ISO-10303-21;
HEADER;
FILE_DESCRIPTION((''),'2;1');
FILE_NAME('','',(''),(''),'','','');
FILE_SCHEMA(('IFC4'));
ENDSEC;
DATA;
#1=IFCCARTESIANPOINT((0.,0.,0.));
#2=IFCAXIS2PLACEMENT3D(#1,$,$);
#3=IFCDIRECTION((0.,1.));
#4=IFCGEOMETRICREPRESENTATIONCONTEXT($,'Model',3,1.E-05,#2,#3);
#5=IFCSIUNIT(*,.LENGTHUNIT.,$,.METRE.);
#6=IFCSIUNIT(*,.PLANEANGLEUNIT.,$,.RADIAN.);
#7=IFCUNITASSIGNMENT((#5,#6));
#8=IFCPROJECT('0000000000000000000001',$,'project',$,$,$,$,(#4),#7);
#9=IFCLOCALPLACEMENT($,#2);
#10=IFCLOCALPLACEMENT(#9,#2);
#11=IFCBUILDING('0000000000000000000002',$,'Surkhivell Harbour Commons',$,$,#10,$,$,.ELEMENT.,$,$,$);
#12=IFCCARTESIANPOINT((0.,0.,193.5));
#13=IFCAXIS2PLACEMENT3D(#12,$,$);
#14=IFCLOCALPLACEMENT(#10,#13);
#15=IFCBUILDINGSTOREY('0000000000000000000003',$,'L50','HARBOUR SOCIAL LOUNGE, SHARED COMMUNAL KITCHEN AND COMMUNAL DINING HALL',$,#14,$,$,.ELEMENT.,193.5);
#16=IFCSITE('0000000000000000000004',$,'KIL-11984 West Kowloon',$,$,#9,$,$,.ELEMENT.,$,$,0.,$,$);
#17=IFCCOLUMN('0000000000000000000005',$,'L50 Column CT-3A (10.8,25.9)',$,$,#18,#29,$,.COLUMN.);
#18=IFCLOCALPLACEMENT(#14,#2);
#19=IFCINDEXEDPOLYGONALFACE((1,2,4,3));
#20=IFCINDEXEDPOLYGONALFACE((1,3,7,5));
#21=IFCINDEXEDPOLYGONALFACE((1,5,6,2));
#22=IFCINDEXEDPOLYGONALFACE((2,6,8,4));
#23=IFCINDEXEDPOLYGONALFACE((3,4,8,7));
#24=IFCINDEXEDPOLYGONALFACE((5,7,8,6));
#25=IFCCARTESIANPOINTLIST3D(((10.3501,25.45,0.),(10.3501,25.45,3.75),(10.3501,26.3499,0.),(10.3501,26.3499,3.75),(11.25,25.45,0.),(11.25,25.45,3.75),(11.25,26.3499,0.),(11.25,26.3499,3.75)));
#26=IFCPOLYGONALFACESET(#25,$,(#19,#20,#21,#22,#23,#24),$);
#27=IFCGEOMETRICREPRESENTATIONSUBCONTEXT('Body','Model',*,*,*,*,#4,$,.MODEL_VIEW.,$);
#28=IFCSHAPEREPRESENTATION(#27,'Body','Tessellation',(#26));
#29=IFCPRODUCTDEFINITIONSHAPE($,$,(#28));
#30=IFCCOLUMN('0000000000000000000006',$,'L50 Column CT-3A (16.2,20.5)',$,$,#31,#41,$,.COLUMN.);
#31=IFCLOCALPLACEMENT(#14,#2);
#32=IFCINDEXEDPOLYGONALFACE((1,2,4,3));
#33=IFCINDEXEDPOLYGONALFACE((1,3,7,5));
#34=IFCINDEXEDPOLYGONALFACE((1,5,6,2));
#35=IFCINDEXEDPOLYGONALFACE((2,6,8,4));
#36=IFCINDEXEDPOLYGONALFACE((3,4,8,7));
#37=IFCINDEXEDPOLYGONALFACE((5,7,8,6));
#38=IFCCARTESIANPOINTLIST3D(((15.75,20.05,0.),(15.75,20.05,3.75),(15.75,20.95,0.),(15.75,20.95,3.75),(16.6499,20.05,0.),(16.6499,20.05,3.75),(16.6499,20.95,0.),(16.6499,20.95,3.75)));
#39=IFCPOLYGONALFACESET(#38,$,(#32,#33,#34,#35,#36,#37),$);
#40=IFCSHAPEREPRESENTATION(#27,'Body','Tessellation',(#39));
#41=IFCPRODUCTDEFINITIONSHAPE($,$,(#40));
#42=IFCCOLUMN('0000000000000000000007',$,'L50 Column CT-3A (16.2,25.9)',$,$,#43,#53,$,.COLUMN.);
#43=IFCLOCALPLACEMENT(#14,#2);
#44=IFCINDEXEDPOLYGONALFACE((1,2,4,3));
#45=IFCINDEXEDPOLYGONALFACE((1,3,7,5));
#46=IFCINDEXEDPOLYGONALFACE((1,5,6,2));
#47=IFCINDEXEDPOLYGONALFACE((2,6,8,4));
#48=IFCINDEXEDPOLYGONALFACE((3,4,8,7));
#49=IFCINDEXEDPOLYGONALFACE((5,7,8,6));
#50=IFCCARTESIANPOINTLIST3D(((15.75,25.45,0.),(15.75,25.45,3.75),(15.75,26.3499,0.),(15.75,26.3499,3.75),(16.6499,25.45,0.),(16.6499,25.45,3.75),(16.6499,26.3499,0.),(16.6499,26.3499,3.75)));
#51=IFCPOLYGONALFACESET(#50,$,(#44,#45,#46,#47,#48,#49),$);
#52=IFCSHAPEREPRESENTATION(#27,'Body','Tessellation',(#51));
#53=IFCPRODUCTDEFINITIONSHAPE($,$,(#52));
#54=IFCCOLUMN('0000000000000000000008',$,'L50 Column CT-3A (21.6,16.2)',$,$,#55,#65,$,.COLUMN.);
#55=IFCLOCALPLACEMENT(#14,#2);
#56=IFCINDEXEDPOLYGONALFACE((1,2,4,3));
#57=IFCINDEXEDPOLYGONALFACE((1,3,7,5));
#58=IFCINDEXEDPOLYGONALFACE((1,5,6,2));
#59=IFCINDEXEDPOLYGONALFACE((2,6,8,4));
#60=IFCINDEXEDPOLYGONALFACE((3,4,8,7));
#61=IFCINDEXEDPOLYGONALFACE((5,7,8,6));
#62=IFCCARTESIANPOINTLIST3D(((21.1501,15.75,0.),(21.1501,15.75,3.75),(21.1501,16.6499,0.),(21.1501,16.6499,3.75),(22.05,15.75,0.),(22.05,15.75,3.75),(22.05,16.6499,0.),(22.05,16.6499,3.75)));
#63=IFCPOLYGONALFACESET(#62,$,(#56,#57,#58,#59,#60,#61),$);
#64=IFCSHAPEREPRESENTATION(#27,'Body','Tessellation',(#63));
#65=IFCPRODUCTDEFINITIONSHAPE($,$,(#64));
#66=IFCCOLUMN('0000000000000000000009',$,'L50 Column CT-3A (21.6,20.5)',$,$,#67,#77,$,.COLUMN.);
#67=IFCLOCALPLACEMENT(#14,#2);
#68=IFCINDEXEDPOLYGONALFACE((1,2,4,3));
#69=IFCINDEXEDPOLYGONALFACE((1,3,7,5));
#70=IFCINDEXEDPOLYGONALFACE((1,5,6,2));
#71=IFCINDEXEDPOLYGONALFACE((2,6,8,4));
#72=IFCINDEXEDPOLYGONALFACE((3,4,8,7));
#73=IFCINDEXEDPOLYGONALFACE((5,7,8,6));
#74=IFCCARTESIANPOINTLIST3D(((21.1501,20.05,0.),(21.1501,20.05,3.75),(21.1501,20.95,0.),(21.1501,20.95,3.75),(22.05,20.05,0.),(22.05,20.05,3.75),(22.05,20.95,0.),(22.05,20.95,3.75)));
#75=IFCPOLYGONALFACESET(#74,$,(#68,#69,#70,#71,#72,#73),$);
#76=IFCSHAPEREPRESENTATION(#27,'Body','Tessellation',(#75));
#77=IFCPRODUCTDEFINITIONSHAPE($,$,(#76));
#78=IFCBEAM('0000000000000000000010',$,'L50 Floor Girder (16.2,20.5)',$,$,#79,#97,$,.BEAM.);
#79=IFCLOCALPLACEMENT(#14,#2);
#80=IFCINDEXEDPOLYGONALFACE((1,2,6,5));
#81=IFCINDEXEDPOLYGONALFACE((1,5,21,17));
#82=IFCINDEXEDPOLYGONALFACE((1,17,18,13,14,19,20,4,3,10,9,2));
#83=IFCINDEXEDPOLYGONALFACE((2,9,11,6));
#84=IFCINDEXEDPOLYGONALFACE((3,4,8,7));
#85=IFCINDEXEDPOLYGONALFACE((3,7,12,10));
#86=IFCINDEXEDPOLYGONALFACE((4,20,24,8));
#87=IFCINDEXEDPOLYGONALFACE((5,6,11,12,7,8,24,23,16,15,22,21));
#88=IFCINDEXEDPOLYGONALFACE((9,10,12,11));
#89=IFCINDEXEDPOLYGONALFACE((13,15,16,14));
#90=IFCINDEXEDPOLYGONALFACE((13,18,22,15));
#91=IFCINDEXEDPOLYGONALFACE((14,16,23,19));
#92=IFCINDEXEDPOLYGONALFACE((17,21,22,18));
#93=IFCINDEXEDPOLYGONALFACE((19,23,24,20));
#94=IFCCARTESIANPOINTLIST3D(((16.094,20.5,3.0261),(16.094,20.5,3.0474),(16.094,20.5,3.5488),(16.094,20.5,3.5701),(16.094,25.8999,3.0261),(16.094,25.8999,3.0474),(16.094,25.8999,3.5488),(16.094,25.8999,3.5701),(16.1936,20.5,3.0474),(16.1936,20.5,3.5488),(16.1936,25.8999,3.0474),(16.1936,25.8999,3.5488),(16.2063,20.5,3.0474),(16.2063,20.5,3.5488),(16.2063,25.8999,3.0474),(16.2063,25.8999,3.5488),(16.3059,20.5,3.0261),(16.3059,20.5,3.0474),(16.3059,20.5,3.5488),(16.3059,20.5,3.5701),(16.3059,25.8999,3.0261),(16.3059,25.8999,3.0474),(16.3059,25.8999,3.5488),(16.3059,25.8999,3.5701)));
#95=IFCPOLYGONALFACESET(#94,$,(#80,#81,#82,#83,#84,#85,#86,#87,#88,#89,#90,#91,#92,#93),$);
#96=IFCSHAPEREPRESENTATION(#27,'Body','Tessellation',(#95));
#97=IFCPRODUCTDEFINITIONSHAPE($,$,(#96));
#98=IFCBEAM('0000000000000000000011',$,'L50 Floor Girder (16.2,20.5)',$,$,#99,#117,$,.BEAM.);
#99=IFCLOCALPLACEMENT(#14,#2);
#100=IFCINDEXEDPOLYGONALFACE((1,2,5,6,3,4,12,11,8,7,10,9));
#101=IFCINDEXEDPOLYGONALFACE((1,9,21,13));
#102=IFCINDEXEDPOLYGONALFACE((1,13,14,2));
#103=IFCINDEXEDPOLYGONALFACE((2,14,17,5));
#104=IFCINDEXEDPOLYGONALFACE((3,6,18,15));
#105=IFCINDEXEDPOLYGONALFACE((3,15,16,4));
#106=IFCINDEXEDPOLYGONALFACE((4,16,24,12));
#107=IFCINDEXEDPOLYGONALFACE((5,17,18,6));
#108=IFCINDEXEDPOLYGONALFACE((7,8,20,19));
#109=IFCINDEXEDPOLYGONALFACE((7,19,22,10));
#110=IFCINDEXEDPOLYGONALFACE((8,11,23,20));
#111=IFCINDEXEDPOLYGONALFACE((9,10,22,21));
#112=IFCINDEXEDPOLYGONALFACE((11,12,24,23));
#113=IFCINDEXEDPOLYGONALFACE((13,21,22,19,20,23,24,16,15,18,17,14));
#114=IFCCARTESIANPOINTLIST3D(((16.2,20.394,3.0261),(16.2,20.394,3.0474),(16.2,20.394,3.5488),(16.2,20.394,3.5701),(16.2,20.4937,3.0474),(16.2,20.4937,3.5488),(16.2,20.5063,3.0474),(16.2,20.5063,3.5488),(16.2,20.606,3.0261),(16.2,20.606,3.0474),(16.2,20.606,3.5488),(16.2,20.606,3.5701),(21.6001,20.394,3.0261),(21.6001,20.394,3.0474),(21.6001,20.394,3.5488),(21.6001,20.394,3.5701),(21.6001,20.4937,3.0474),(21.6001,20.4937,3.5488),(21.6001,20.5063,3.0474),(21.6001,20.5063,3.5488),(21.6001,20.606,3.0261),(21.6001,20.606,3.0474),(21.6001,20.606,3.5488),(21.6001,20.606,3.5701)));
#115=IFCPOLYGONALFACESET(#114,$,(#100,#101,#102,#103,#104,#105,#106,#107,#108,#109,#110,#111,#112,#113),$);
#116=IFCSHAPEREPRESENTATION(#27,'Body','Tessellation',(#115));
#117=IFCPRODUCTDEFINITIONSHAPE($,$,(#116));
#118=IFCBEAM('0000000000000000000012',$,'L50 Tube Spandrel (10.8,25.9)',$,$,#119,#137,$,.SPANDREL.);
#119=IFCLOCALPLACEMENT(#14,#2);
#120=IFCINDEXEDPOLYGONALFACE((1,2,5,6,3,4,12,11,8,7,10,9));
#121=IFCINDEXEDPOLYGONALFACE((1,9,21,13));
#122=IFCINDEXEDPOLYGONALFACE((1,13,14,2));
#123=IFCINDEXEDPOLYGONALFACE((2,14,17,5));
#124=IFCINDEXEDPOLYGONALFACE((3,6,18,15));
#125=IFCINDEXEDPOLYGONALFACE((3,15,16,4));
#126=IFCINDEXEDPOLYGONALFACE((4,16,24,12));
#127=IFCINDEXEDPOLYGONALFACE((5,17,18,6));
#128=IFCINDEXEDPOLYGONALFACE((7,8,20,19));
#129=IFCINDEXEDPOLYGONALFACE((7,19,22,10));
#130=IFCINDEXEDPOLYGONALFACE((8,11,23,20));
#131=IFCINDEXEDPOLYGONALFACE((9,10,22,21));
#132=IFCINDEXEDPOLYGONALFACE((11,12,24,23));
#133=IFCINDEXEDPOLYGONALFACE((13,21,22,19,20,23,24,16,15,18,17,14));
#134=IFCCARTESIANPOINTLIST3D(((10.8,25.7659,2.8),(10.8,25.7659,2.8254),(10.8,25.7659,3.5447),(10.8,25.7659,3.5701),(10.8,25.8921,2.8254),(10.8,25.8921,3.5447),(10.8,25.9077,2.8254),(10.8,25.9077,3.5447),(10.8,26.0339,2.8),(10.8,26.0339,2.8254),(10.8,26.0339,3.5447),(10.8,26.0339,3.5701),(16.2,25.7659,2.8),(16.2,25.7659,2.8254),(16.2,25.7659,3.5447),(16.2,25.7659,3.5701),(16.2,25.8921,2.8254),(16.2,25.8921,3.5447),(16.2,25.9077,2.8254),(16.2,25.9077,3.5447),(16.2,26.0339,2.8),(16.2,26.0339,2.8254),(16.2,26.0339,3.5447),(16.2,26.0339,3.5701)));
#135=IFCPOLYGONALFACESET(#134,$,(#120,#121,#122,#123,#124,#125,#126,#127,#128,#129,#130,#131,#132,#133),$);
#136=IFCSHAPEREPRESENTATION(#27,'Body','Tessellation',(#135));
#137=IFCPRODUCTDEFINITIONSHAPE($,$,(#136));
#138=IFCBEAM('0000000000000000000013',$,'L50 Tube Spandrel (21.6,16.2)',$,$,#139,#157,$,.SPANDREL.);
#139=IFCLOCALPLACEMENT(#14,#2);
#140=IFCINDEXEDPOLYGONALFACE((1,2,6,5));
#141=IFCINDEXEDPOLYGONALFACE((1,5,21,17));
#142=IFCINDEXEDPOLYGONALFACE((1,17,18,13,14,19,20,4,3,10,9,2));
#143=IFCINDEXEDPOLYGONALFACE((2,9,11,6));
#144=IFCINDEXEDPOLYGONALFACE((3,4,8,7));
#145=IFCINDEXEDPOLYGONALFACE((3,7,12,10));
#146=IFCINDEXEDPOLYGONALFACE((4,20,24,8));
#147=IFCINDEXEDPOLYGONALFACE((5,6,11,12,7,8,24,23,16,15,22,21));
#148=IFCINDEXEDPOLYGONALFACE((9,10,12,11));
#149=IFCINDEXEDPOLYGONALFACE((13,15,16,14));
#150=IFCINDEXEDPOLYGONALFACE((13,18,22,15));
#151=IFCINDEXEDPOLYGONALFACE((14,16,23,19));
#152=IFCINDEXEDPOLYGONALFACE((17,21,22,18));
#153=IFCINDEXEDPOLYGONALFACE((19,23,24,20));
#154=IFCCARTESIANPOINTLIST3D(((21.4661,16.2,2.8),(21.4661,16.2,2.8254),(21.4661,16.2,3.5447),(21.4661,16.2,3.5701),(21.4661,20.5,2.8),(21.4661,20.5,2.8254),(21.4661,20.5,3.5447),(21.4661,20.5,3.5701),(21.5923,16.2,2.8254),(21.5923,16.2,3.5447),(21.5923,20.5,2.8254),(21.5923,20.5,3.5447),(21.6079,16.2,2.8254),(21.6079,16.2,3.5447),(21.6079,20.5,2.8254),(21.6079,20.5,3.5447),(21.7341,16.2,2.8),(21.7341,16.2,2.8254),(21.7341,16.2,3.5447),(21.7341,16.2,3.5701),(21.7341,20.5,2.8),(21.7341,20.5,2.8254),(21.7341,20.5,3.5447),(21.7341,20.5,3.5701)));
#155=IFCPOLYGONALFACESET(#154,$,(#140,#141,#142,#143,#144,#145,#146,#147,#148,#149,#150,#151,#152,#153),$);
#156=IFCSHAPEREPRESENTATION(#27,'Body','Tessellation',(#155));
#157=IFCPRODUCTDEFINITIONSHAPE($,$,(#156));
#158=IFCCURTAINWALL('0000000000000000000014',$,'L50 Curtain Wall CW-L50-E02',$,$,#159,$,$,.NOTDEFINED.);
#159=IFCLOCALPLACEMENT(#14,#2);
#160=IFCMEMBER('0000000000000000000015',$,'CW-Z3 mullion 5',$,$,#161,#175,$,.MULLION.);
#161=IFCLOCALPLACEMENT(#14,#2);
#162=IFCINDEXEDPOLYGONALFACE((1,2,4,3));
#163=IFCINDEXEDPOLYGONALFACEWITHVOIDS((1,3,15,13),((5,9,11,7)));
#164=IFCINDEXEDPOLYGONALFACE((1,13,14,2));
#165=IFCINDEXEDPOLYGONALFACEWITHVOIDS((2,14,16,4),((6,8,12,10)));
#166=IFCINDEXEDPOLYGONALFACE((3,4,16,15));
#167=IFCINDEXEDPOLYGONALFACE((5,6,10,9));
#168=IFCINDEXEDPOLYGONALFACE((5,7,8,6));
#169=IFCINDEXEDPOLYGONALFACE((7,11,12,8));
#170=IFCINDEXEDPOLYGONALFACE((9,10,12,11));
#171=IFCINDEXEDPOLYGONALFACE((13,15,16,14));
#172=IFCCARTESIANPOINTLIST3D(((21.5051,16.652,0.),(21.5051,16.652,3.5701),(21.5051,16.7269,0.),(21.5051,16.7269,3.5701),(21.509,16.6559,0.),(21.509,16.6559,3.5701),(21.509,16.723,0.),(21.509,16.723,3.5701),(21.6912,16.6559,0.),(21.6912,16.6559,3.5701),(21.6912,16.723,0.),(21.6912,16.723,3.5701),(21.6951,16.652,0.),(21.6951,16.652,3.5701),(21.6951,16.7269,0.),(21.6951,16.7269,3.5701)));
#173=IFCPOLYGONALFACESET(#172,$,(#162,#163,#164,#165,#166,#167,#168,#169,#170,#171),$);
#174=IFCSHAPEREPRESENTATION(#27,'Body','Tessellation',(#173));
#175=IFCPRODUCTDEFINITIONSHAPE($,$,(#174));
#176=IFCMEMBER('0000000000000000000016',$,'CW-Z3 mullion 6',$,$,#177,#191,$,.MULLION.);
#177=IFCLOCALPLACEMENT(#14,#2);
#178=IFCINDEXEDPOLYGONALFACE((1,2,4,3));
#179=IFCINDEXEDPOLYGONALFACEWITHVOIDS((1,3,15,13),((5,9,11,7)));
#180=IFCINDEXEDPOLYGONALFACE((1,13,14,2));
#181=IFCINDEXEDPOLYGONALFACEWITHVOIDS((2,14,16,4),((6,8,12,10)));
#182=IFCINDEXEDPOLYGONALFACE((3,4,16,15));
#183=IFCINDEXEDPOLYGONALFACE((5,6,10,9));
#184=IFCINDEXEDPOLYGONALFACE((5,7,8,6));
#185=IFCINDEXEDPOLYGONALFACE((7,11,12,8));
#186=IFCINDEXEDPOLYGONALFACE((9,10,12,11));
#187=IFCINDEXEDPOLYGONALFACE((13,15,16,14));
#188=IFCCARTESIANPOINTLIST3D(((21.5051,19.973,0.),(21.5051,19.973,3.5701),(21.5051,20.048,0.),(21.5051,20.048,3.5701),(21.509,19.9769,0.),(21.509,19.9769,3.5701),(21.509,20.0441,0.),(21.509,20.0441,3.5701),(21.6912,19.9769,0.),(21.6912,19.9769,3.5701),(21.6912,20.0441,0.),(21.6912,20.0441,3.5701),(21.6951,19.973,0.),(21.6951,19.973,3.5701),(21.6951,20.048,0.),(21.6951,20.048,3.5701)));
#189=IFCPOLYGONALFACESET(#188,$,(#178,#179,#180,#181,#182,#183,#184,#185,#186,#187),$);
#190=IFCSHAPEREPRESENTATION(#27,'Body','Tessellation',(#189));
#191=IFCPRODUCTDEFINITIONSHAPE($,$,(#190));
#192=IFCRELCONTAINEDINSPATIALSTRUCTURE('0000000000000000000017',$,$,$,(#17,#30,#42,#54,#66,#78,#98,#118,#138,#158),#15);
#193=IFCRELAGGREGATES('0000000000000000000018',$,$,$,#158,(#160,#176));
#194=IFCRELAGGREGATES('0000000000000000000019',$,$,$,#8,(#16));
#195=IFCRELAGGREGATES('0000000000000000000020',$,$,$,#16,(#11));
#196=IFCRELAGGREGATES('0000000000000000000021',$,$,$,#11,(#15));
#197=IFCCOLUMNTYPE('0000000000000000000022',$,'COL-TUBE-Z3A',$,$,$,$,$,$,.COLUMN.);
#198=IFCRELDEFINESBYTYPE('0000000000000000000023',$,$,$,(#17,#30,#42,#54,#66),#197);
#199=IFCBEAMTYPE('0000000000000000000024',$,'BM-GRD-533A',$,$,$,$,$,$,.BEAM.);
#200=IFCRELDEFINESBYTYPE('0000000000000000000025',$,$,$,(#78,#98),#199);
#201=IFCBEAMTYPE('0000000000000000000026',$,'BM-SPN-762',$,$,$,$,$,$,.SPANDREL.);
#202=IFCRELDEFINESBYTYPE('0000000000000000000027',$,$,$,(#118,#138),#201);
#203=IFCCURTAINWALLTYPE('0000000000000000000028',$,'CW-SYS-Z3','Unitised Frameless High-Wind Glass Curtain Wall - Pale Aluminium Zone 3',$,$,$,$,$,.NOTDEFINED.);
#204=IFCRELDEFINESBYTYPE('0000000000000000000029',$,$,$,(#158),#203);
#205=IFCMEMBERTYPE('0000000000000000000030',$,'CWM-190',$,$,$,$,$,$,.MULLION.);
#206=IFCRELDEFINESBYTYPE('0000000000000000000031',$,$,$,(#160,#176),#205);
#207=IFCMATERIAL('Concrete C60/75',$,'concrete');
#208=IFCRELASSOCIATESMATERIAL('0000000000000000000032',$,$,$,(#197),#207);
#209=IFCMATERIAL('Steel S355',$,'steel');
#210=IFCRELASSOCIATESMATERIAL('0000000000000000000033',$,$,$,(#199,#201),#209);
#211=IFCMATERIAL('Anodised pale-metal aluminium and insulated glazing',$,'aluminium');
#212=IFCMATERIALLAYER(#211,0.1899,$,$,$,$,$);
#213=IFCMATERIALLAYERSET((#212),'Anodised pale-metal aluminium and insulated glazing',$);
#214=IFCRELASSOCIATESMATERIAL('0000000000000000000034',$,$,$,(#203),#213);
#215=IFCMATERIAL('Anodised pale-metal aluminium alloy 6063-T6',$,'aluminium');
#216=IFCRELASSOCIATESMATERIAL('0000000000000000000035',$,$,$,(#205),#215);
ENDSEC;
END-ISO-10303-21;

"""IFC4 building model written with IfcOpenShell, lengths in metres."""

from ifc_helpers import new_model, si_unit, direction, frame, origin, origin_2d, place, context, subcontext, project, spatial, rectangle, hollow_rectangle, i_section, extrude, material, layer, layer_set, material_profile, profile_set, type_object, element, aggregate, save


model = new_model("IFC4")

# Units and contexts
model_context = context("Model", 3, precision=1e-05, world=origin(), true_north=direction((0.0, 1.0)))
body_context = subcontext(model_context, "Body", "Model", "MODEL_VIEW")
ifc_project = project(units=[si_unit("LENGTHUNIT", "METRE"), si_unit("PLANEANGLEUNIT", "RADIAN")], contexts=[model_context])

# Site, building, storey
site_placement = place(None, origin())
site = spatial("IfcSite", under=ifc_project, at=site_placement, Name="KIL-11984 West Kowloon", CompositionType="ELEMENT", RefElevation=0.0)
building_placement = place(site_placement, origin())
building = spatial("IfcBuilding", under=site, at=building_placement, Name="Surkhivell Harbour Commons", CompositionType="ELEMENT")
storey_placement = place(building_placement, frame((0.0, 0.0, 193.5)))
storey = spatial("IfcBuildingStorey", under=building, at=storey_placement, Name="L50", Description="HARBOUR SOCIAL LOUNGE, SHARED COMMUNAL KITCHEN AND COMMUNAL DINING HALL", CompositionType="ELEMENT", Elevation=193.5)

# Columns
ifc_material_1 = material(Name="Concrete C60/75", Category="concrete")
ifc_material_profile_1 = material_profile(ifc_material_1, rectangle(XDim=0.8999, YDim=0.8999, at=origin_2d()), Name="RC-COL-900x900")
ifc_profile_set_1 = profile_set([ifc_material_profile_1], Name="Concrete C60/75")
column_type = type_object("IfcColumnType", Name="COL-TUBE-Z3A", PredefinedType="COLUMN", material=ifc_profile_set_1)
for number, where, z_axis, x_axis, name in (
    (1, (10.8, 25.8999, 0.0), (0.0, 0.0, 1.0), (1.0, 0.0, 0.0), "L50 Column CT-3A (10.8,25.9)"),
    (2, (16.2, 20.5, 0.0), (0.0, 0.0, 1.0), (1.0, 0.0, 0.0), "L50 Column CT-3A (16.2,20.5)"),
    (3, (16.2, 25.8999, 0.0), (0.0, 0.0, 1.0), (1.0, 0.0, 0.0), "L50 Column CT-3A (16.2,25.9)"),
    (4, (21.6001, 16.2, 0.0), (0.0, 0.0, 1.0), (1.0, 0.0, 0.0), "L50 Column CT-3A (21.6,16.2)"),
    (5, (21.6001, 20.5, 0.0), (0.0, 0.0, 1.0), (1.0, 0.0, 0.0), "L50 Column CT-3A (21.6,20.5)"),
):
    element("IfcColumn", number, at=place(storey_placement, frame(where, z_axis=z_axis, x_axis=x_axis)), inside=storey, type_object=column_type, Name=name, PredefinedType="COLUMN", context=body_context, shape_type="SweptSolid", body=[
        extrude(rectangle(XDim=0.8999, YDim=0.8999, at=origin_2d()), origin(), (0.0, 0.0, 1.0), 3.75),
    ])

# Beams
ifc_material_2 = material(Name="Steel S355", Category="steel")
ifc_material_profile_2 = material_profile(ifc_material_2, i_section(OverallWidth=0.2119, OverallDepth=0.5439, WebThickness=0.0127, FlangeThickness=0.0212, at=origin_2d()), Name="UB533x210x122")
ifc_profile_set_2 = profile_set([ifc_material_profile_2], Name="Steel S355")
beam_type_1 = type_object("IfcBeamType", Name="BM-GRD-533A", PredefinedType="BEAM", material=ifc_profile_set_2)
beam_1_placement = place(storey_placement, frame((16.2, 20.5, 3.2981), z_axis=(0.0, 1.0, 0.0), x_axis=(-1.0, 0.0, 0.0)))
element("IfcBeam", 6, at=beam_1_placement, inside=storey, type_object=beam_type_1, Name="L50 Floor Girder (16.2,20.5)", PredefinedType="BEAM", context=body_context, shape_type="SweptSolid", body=[
    extrude(i_section(OverallWidth=0.2119, OverallDepth=0.5439, WebThickness=0.0127, FlangeThickness=0.0212, at=origin_2d()), origin(), (0.0, 0.0, 1.0), 5.3999),
])
beam_2_placement = place(storey_placement, frame((16.2, 20.5, 3.2981), z_axis=(1.0, 0.0, 0.0), x_axis=(0.0, 1.0, 0.0)))
element("IfcBeam", 7, at=beam_2_placement, inside=storey, type_object=beam_type_1, Name="L50 Floor Girder (16.2,20.5)", PredefinedType="BEAM", context=body_context, shape_type="SweptSolid", body=[
    extrude(i_section(OverallWidth=0.2119, OverallDepth=0.5439, WebThickness=0.0127, FlangeThickness=0.0212, at=origin_2d()), origin(), (0.0, 0.0, 1.0), 5.4001),
])
ifc_material_profile_3 = material_profile(ifc_material_2, i_section(OverallWidth=0.2681, OverallDepth=0.77, WebThickness=0.0156, FlangeThickness=0.0254, at=origin_2d()), Name="UB762x267x197")
ifc_profile_set_3 = profile_set([ifc_material_profile_3], Name="Steel S355")
beam_type_2 = type_object("IfcBeamType", Name="BM-SPN-762", PredefinedType="SPANDREL", material=ifc_profile_set_3)
beam_3_placement = place(storey_placement, frame((10.8, 25.8999, 3.1851), z_axis=(1.0, 0.0, 0.0), x_axis=(0.0, 1.0, 0.0)))
element("IfcBeam", 8, at=beam_3_placement, inside=storey, type_object=beam_type_2, Name="L50 Tube Spandrel (10.8,25.9)", PredefinedType="SPANDREL", context=body_context, shape_type="SweptSolid", body=[
    extrude(i_section(OverallWidth=0.2681, OverallDepth=0.77, WebThickness=0.0156, FlangeThickness=0.0254, at=origin_2d()), origin(), (0.0, 0.0, 1.0), 5.3999),
])
beam_4_placement = place(storey_placement, frame((21.6001, 16.2, 3.1851), z_axis=(0.0, 1.0, 0.0), x_axis=(-1.0, 0.0, 0.0)))
element("IfcBeam", 9, at=beam_4_placement, inside=storey, type_object=beam_type_2, Name="L50 Tube Spandrel (21.6,16.2)", PredefinedType="SPANDREL", context=body_context, shape_type="SweptSolid", body=[
    extrude(i_section(OverallWidth=0.2681, OverallDepth=0.77, WebThickness=0.0156, FlangeThickness=0.0254, at=origin_2d()), origin(), (0.0, 0.0, 1.0), 4.3),
])

# Curtain wall, members
ifc_material_3 = material(Name="Anodised pale-metal aluminium and insulated glazing", Category="aluminium")
ifc_layer_1 = layer(ifc_material_3, 0.1899)
ifc_layer_set_1 = layer_set([ifc_layer_1], Name="Anodised pale-metal aluminium and insulated glazing")
curtain_wall_type = type_object("IfcCurtainWallType", Name="CW-SYS-Z3", Description="Unitised Frameless High-Wind Glass Curtain Wall - Pale Aluminium Zone 3", PredefinedType="NOTDEFINED", material=ifc_layer_set_1)
curtain_wall_1_placement = place(storey_placement, origin())
curtain_wall_1 = element("IfcCurtainWall", 10, at=curtain_wall_1_placement, inside=storey, type_object=curtain_wall_type, Name="L50 Curtain Wall CW-L50-E02", PredefinedType="NOTDEFINED")
ifc_material_4 = material(Name="Anodised pale-metal aluminium alloy 6063-T6", Category="aluminium")
ifc_material_profile_4 = material_profile(ifc_material_4, hollow_rectangle(XDim=0.075, YDim=0.1899, WallThickness=0.0039, at=origin_2d()), Name="ALU-MULL-75x190")
ifc_profile_set_4 = profile_set([ifc_material_profile_4], Name="Anodised pale-metal aluminium alloy 6063-T6")
member_type_1 = type_object("IfcMemberType", Name="CWM-190", PredefinedType="MULLION", material=ifc_profile_set_4)
member_1_placement = place(storey_placement, frame((21.6001, 16.6895, 0.0), z_axis=(0.0, 0.0, 1.0), x_axis=(0.0, 1.0, 0.0)))
member_1 = element("IfcMember", 11, at=member_1_placement, type_object=member_type_1, Name="CW-Z3 mullion 5", PredefinedType="MULLION", context=body_context, shape_type="SweptSolid", body=[
    extrude(hollow_rectangle(XDim=0.075, YDim=0.1899, WallThickness=0.0039, at=origin_2d()), origin(), (0.0, 0.0, 1.0), 3.5701),
])
member_2_placement = place(storey_placement, frame((21.6001, 20.0105, 0.0), z_axis=(0.0, 0.0, 1.0), x_axis=(0.0, 1.0, 0.0)))
member_2 = element("IfcMember", 12, at=member_2_placement, type_object=member_type_1, Name="CW-Z3 mullion 6", PredefinedType="MULLION", context=body_context, shape_type="SweptSolid", body=[
    extrude(hollow_rectangle(XDim=0.075, YDim=0.1899, WallThickness=0.0039, at=origin_2d()), origin(), (0.0, 0.0, 1.0), 3.5701),
])

aggregate(curtain_wall_1, [member_1, member_2])

save(model, "model.ifc")
